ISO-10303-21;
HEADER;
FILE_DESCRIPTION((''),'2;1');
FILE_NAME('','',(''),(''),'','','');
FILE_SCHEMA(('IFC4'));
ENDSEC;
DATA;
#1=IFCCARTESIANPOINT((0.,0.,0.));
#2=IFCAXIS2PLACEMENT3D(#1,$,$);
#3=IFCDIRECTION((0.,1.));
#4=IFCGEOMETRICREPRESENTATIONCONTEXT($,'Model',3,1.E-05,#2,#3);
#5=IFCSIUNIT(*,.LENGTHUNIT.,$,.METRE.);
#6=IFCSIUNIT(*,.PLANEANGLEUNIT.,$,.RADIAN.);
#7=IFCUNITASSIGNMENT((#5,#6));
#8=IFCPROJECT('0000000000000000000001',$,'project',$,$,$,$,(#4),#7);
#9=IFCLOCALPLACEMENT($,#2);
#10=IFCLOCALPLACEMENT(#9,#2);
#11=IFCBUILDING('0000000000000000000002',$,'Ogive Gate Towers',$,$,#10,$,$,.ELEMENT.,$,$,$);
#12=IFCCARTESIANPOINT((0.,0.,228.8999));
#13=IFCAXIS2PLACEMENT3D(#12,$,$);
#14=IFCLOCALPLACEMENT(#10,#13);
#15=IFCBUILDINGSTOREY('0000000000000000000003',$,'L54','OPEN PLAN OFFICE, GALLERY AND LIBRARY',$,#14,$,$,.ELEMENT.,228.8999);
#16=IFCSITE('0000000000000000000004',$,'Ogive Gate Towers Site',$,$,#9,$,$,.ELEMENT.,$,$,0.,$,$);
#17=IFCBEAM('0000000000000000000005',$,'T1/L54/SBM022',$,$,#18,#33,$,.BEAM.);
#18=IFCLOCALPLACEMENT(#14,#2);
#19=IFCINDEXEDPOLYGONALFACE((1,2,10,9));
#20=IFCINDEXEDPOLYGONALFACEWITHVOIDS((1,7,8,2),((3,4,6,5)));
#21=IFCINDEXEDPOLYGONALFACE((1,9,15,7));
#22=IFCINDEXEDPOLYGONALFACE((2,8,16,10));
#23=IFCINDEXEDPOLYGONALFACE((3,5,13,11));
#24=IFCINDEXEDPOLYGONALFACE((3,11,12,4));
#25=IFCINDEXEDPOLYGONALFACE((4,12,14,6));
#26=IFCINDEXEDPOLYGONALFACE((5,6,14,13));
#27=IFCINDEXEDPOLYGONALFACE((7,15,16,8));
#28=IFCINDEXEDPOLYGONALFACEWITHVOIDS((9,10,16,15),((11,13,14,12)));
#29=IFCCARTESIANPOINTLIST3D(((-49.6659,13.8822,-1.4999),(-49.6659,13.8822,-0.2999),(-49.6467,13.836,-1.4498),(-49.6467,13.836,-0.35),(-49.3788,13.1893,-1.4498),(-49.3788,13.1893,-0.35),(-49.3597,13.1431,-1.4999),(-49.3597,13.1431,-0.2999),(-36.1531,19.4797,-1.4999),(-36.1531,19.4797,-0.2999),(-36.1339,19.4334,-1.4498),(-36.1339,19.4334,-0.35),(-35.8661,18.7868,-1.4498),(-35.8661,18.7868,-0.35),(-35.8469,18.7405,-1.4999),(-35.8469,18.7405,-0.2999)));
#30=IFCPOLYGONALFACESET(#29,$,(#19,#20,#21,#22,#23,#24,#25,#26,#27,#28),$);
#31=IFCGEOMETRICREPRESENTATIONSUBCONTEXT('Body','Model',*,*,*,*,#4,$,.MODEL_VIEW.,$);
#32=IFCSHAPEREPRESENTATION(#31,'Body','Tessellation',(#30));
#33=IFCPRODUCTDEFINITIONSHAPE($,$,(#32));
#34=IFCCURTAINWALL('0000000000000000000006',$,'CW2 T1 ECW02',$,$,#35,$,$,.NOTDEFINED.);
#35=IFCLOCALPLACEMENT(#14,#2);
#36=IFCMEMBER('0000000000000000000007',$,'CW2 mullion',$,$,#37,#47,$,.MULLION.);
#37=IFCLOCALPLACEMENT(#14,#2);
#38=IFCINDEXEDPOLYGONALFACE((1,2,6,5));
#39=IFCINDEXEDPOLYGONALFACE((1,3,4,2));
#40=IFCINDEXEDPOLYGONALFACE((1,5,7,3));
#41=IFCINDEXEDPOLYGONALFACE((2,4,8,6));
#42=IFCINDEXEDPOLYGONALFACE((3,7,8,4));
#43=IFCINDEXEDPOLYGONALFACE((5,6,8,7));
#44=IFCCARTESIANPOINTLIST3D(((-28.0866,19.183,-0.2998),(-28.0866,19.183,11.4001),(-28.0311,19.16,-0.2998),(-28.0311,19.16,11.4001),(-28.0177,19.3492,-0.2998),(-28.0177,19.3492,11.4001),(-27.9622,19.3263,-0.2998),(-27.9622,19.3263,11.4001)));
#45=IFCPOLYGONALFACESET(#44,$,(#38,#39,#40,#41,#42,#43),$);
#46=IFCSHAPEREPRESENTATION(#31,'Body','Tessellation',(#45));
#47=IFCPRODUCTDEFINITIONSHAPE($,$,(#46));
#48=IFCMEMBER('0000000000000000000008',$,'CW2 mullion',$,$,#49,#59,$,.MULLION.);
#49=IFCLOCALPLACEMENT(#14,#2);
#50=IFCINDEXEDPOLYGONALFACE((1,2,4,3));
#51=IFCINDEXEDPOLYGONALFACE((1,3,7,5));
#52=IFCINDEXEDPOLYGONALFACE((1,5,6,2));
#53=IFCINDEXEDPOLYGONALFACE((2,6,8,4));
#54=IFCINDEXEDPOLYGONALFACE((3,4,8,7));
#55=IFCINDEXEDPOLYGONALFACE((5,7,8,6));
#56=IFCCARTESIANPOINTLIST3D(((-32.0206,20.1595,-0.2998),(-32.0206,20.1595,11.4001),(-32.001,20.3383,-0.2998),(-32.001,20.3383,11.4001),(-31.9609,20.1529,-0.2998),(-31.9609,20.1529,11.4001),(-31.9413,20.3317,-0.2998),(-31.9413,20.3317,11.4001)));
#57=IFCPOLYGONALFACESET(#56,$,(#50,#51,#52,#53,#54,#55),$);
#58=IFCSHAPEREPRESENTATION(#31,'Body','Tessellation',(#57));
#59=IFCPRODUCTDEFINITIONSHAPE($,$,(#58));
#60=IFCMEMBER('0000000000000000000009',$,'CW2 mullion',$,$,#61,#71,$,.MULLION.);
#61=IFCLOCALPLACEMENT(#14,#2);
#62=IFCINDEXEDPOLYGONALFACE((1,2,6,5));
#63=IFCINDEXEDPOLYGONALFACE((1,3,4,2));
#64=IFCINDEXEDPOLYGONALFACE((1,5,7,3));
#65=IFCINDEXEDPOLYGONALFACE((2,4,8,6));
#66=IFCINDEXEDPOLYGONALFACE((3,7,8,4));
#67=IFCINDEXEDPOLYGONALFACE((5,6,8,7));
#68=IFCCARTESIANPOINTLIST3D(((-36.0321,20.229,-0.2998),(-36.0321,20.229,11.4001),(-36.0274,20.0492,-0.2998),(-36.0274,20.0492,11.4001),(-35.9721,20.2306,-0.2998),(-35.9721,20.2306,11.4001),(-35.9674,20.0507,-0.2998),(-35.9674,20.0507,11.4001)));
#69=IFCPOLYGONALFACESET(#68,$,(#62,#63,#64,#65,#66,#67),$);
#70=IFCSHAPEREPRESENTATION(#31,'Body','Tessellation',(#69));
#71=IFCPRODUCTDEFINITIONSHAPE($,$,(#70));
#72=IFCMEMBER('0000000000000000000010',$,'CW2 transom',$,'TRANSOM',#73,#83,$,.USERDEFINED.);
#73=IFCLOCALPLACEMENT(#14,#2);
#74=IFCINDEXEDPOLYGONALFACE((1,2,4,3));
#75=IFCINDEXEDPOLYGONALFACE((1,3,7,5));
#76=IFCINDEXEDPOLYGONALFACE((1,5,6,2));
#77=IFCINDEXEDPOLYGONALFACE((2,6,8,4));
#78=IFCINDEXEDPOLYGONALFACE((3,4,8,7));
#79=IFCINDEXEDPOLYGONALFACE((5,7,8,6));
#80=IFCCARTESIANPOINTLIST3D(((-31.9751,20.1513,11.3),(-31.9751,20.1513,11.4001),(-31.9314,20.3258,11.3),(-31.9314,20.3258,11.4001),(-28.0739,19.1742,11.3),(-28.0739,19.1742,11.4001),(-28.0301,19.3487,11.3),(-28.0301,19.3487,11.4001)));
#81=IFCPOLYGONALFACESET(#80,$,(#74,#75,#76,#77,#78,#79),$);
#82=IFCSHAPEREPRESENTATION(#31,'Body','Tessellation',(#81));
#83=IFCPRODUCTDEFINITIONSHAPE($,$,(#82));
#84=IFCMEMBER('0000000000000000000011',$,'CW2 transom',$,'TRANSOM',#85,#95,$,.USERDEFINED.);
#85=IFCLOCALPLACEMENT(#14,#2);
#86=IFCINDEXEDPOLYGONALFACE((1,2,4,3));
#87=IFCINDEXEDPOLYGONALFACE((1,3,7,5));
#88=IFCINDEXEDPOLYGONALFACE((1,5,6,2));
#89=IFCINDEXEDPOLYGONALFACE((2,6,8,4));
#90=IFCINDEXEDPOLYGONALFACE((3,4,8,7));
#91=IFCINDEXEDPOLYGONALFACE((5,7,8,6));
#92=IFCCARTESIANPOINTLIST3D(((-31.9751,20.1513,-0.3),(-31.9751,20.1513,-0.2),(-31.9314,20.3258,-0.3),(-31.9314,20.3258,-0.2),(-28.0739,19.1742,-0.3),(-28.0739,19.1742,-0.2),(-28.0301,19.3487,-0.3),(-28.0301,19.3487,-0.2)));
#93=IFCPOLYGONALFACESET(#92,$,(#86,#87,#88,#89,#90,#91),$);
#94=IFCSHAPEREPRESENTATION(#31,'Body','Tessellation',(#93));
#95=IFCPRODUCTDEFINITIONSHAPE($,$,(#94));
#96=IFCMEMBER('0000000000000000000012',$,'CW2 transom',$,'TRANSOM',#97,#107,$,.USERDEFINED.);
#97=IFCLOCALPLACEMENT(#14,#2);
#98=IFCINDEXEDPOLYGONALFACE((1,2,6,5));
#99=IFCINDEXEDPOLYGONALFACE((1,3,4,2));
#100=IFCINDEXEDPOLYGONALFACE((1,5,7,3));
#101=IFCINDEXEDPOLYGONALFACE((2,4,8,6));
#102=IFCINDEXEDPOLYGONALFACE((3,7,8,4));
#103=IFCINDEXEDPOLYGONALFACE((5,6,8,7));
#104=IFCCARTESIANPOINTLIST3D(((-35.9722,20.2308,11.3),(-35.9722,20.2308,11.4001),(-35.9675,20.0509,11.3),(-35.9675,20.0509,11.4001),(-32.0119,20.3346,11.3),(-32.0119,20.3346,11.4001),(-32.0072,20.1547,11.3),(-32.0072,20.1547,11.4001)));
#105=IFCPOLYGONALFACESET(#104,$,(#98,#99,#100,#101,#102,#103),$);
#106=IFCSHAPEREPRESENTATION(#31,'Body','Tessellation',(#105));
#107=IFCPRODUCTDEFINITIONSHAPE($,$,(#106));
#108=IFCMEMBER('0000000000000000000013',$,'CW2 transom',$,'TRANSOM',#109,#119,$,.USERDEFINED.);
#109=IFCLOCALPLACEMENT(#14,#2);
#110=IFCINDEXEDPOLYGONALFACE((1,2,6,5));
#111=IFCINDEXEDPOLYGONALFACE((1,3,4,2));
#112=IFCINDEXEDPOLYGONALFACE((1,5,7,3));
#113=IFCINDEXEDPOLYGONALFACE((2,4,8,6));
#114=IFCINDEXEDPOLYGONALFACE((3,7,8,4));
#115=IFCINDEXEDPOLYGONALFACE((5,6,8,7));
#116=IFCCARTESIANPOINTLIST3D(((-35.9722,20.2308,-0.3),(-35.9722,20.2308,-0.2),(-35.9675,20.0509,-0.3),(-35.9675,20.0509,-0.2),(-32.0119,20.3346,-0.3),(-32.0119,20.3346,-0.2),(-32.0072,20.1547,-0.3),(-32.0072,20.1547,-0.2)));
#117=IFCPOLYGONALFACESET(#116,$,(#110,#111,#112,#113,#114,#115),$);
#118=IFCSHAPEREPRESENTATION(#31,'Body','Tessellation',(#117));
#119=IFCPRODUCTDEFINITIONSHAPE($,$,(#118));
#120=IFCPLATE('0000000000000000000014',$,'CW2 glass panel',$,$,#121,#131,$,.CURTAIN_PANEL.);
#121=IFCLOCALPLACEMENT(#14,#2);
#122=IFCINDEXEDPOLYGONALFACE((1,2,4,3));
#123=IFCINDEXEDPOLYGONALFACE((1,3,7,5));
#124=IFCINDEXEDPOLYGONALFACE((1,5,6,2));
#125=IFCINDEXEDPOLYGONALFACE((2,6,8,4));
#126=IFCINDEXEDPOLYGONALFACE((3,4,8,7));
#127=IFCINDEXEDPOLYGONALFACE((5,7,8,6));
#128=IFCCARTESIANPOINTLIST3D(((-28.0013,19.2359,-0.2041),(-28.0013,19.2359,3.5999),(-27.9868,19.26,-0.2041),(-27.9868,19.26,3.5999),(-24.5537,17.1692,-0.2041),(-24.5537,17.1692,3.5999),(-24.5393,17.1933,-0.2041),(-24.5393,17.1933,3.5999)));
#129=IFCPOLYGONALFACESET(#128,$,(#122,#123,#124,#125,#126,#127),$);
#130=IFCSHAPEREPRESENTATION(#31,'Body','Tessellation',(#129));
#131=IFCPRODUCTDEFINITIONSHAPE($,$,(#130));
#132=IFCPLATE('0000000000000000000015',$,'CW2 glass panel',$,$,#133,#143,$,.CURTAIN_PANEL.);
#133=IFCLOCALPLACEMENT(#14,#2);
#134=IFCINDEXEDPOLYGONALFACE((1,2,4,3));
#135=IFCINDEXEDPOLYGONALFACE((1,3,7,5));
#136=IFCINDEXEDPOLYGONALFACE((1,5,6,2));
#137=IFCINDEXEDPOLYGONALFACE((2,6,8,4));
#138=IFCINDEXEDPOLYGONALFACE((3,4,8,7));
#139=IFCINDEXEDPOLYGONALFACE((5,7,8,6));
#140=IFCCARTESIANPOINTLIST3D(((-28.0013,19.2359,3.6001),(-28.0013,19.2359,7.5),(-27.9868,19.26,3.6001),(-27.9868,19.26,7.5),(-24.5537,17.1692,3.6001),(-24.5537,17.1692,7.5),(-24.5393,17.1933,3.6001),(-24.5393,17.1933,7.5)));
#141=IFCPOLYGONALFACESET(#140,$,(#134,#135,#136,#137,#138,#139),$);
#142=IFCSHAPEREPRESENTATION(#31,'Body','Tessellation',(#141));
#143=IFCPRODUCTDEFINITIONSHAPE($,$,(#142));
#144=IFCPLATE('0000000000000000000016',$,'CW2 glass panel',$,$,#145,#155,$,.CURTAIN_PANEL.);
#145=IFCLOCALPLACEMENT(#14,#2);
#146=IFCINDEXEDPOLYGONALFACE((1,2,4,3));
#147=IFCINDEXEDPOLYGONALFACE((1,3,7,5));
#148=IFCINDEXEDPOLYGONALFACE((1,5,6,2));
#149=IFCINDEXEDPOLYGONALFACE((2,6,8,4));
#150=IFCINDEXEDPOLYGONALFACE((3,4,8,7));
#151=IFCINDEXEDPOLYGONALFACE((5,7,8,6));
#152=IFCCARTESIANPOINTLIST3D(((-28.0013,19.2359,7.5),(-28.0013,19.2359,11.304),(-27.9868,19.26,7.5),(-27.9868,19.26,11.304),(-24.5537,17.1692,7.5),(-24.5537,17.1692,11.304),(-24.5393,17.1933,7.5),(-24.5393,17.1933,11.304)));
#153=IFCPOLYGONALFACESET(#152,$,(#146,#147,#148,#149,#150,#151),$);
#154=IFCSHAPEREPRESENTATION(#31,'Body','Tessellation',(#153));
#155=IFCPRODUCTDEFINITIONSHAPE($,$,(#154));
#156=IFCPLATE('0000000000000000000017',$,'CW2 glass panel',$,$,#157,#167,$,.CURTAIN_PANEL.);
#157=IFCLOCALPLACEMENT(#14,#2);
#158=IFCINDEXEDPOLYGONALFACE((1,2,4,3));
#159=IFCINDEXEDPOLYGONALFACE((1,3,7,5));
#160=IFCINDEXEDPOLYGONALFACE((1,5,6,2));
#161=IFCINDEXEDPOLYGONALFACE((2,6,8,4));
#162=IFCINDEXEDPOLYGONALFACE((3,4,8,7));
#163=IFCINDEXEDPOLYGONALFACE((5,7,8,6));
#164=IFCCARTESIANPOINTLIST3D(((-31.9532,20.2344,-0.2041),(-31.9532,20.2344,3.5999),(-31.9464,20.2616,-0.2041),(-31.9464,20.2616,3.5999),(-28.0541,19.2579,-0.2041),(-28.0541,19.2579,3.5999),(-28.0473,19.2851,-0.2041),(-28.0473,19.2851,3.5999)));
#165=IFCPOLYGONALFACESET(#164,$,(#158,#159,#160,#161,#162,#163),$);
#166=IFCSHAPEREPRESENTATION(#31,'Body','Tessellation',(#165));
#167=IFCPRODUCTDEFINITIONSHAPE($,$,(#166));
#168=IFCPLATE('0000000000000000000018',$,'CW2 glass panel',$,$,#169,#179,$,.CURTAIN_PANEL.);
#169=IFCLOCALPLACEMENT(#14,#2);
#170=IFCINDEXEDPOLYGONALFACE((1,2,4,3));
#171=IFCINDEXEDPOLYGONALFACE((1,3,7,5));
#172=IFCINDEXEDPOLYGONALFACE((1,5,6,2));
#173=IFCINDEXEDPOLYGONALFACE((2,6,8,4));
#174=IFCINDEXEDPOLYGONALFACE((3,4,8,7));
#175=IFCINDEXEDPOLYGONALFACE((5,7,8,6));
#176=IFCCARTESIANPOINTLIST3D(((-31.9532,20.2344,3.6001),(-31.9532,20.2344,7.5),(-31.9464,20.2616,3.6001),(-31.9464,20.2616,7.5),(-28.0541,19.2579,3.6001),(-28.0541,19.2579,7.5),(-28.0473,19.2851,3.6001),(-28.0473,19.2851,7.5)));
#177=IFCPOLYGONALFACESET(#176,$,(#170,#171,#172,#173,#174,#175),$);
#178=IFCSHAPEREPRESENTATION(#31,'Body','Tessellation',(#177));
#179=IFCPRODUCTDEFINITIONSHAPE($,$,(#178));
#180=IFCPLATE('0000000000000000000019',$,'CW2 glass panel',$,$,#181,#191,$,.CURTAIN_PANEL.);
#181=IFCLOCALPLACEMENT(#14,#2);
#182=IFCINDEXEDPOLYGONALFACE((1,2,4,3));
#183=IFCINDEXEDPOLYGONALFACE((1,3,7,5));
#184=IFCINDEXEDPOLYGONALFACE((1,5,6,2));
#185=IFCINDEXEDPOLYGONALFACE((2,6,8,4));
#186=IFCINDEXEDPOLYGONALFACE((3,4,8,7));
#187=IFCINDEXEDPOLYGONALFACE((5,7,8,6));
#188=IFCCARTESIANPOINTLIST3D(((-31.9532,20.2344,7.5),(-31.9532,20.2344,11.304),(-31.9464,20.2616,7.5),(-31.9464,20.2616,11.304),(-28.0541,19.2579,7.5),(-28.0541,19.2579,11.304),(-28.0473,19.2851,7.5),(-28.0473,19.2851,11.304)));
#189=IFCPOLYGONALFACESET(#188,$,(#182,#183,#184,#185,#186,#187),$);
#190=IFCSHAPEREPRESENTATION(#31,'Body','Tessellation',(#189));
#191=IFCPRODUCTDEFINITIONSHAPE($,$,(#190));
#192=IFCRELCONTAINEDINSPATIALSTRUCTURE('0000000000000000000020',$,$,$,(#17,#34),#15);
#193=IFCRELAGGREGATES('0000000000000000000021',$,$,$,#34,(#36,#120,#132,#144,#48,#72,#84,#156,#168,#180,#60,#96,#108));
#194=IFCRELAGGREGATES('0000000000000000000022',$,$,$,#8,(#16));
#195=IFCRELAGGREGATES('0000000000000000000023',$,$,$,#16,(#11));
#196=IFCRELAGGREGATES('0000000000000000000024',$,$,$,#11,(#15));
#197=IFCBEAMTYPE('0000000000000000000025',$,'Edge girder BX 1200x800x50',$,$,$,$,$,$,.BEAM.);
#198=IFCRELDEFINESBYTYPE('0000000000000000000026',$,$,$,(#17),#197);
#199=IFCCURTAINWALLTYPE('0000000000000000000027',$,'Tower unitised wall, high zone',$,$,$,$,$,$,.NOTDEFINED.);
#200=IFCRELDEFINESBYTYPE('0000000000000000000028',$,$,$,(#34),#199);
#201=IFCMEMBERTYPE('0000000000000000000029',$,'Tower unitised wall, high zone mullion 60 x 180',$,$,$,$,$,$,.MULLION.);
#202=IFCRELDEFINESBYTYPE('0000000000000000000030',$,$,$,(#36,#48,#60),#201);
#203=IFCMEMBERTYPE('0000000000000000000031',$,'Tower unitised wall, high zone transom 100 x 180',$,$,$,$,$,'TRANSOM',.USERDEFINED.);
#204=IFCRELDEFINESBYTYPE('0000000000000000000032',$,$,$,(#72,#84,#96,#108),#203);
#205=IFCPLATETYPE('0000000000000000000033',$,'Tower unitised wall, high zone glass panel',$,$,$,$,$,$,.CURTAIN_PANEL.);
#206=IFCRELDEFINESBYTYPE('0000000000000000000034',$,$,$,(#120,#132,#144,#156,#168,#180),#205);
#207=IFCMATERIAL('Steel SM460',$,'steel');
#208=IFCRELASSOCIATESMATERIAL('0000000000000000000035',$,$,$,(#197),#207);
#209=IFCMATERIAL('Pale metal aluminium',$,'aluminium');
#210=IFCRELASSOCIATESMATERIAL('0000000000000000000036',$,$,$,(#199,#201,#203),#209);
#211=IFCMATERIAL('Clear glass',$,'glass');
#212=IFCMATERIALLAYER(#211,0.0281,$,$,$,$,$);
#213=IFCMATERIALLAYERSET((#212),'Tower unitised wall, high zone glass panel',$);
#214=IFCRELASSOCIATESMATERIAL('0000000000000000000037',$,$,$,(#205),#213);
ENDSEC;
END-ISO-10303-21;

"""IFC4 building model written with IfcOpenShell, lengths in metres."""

from ifc_helpers import new_model, si_unit, direction, frame, origin, origin_2d, place, context, subcontext, project, spatial, rectangle, hollow_rectangle, extrude, material, layer, layer_set, material_profile, profile_set, type_object, element, aggregate, save


model = new_model("IFC4")

# Units and contexts
model_context = context("Model", 3, precision=1e-05, world=origin(), true_north=direction((0.0, 1.0)))
body_context = subcontext(model_context, "Body", "Model", "MODEL_VIEW")
ifc_project = project(units=[si_unit("LENGTHUNIT", "METRE"), si_unit("PLANEANGLEUNIT", "RADIAN")], contexts=[model_context])

# Site, building, storey
site_placement = place(None, origin())
site = spatial("IfcSite", under=ifc_project, at=site_placement, Name="Ogive Gate Towers Site", CompositionType="ELEMENT", RefElevation=0.0)
building_placement = place(site_placement, origin())
building = spatial("IfcBuilding", under=site, at=building_placement, Name="Ogive Gate Towers", CompositionType="ELEMENT")
storey_placement = place(building_placement, frame((0.0, 0.0, 228.8999)))
storey = spatial("IfcBuildingStorey", under=building, at=storey_placement, Name="L54", Description="OPEN PLAN OFFICE, GALLERY AND LIBRARY", CompositionType="ELEMENT", Elevation=228.8999)

# Beam
ifc_material_1 = material(Name="Steel SM460", Category="steel")
ifc_material_profile_1 = material_profile(ifc_material_1, hollow_rectangle(XDim=0.8, YDim=1.2, WallThickness=0.05, at=origin_2d()), Name="BX 1200x800x50")
ifc_profile_set_1 = profile_set([ifc_material_profile_1], Name="Steel SM460")
beam_type = type_object("IfcBeamType", Name="Edge girder BX 1200x800x50", PredefinedType="BEAM", material=ifc_profile_set_1)
beam_placement = place(storey_placement, frame((-36.0, 19.1101, -0.8999), z_axis=(-0.923873, -0.382699, 0.0), x_axis=(0.382699, -0.923873, 0.0)))
element("IfcBeam", 1, at=beam_placement, inside=storey, type_object=beam_type, Name="T1/L54/SBM022", PredefinedType="BEAM", context=body_context, shape_type="SweptSolid", body=[
    extrude(hollow_rectangle(XDim=0.8, YDim=1.2, WallThickness=0.05, at=origin_2d()), origin(), (0.0, 0.0, 1.0), 14.6262),
])

# Curtain wall, members, plates
ifc_material_2 = material(Name="Pale metal aluminium", Category="aluminium")
curtain_wall_type = type_object("IfcCurtainWallType", Name="Tower unitised wall, high zone", PredefinedType="NOTDEFINED", material=ifc_material_2)
curtain_wall_placement = place(storey_placement, origin())
curtain_wall = element("IfcCurtainWall", 2, at=curtain_wall_placement, inside=storey, type_object=curtain_wall_type, Name="CW2 T1 ECW02", PredefinedType="NOTDEFINED")
ifc_material_profile_2 = material_profile(ifc_material_2, rectangle(XDim=0.1799, YDim=0.0601, at=origin_2d()), Name="60 x 180 aluminium box")
ifc_profile_set_2 = profile_set([ifc_material_profile_2], Name="Pale metal aluminium")
member_type_1 = type_object("IfcMemberType", Name="Tower unitised wall, high zone mullion 60 x 180", PredefinedType="MULLION", material=ifc_profile_set_2)
member_1_placement = place(storey_placement, frame((-28.0244, 19.2546, -0.2998), z_axis=(0.0, 0.0, 1.0), x_axis=(0.3827, 0.923873, 0.0)))
member_1 = element("IfcMember", 3, at=member_1_placement, type_object=member_type_1, Name="CW2 mullion", PredefinedType="MULLION", context=body_context, shape_type="SweptSolid", body=[
    extrude(rectangle(XDim=0.1799, YDim=0.0601, at=origin_2d()), origin(), (0.0, 0.0, 1.0), 11.7),
])
member_2_placement = place(storey_placement, frame((-31.981, 20.2456, -0.2998), z_axis=(0.0, 0.0, 1.0), x_axis=(0.10937, 0.994001, 0.0)))
member_2 = element("IfcMember", 4, at=member_2_placement, type_object=member_type_1, Name="CW2 mullion", PredefinedType="MULLION", context=body_context, shape_type="SweptSolid", body=[
    extrude(rectangle(XDim=0.1799, YDim=0.0601, at=origin_2d()), origin(), (0.0, 0.0, 1.0), 11.7),
])
member_3_placement = place(storey_placement, frame((-35.9998, 20.1399, -0.2998), z_axis=(0.0, 0.0, 1.0), x_axis=(-0.026229, 0.999656, 0.0)))
member_3 = element("IfcMember", 5, at=member_3_placement, type_object=member_type_1, Name="CW2 mullion", PredefinedType="MULLION", context=body_context, shape_type="SweptSolid", body=[
    extrude(rectangle(XDim=0.1799, YDim=0.0601, at=origin_2d()), origin(), (0.0, 0.0, 1.0), 11.7),
])
ifc_material_profile_3 = material_profile(ifc_material_2, rectangle(XDim=0.1799, YDim=0.1001, at=origin_2d()), Name="100 x 180 aluminium box")
ifc_profile_set_3 = profile_set([ifc_material_profile_3], Name="Pale metal aluminium")
member_type_2 = type_object("IfcMemberType", Name="Tower unitised wall, high zone transom 100 x 180", ElementType="TRANSOM", PredefinedType="USERDEFINED", material=ifc_profile_set_3)
member_4_placement = place(storey_placement, frame((-28.052, 19.2615, 11.3501), z_axis=(-0.970039, 0.24295, 0.0), x_axis=(-0.24295, -0.970039, 0.0)))
member_4 = element("IfcMember", 6, at=member_4_placement, type_object=member_type_2, Name="CW2 transom", ObjectType="TRANSOM", PredefinedType="USERDEFINED", context=body_context, shape_type="SweptSolid", body=[
    extrude(rectangle(XDim=0.1799, YDim=0.1001, at=origin_2d()), origin(), (0.0, 0.0, 1.0), 4.0217),
])
member_5_placement = place(storey_placement, frame((-28.052, 19.2615, -0.25), z_axis=(-0.970039, 0.24295, 0.0), x_axis=(-0.24295, -0.970039, 0.0)))
member_5 = element("IfcMember", 7, at=member_5_placement, type_object=member_type_2, Name="CW2 transom", ObjectType="TRANSOM", PredefinedType="USERDEFINED", context=body_context, shape_type="SweptSolid", body=[
    extrude(rectangle(XDim=0.1799, YDim=0.1001, at=origin_2d()), origin(), (0.0, 0.0, 1.0), 4.0217),
])
member_6_placement = place(storey_placement, frame((-32.0095, 20.2446, 11.3501), z_axis=(-0.999657, -0.026192, 0.0), x_axis=(0.026192, -0.999657, 0.0)))
member_6 = element("IfcMember", 8, at=member_6_placement, type_object=member_type_2, Name="CW2 transom", ObjectType="TRANSOM", PredefinedType="USERDEFINED", context=body_context, shape_type="SweptSolid", body=[
    extrude(rectangle(XDim=0.1799, YDim=0.1001, at=origin_2d()), origin(), (0.0, 0.0, 1.0), 3.9617),
])
member_7_placement = place(storey_placement, frame((-32.0095, 20.2446, -0.25), z_axis=(-0.999657, -0.026192, 0.0), x_axis=(0.026192, -0.999657, 0.0)))
member_7 = element("IfcMember", 9, at=member_7_placement, type_object=member_type_2, Name="CW2 transom", ObjectType="TRANSOM", PredefinedType="USERDEFINED", context=body_context, shape_type="SweptSolid", body=[
    extrude(rectangle(XDim=0.1799, YDim=0.1001, at=origin_2d()), origin(), (0.0, 0.0, 1.0), 3.9617),
])
ifc_material_3 = material(Name="Clear glass", Category="glass")
ifc_layer_1 = layer(ifc_material_3, 0.0281)
ifc_layer_set_1 = layer_set([ifc_layer_1], Name="Tower unitised wall, high zone glass panel")
plate_type = type_object("IfcPlateType", Name="Tower unitised wall, high zone glass panel", PredefinedType="CURTAIN_PANEL", material=ifc_layer_set_1)
plate_1_placement = place(storey_placement, frame((-26.2703, 18.2146, -0.2041), z_axis=(0.0, 0.0, 1.0), x_axis=(-0.857697, 0.514155, 0.0)))
plate_1 = element("IfcPlate", 10, at=plate_1_placement, type_object=plate_type, Name="CW2 glass panel", PredefinedType="CURTAIN_PANEL", context=body_context, shape_type="SweptSolid", body=[
    extrude(rectangle(XDim=4.0195, YDim=0.0281, at=origin_2d()), origin(), (0.0, 0.0, 1.0), 3.804),
])
plate_2_placement = place(storey_placement, frame((-26.2703, 18.2146, 3.6001), z_axis=(0.0, 0.0, 1.0), x_axis=(-0.857697, 0.514155, 0.0)))
plate_2 = element("IfcPlate", 11, at=plate_2_placement, type_object=plate_type, Name="CW2 glass panel", PredefinedType="CURTAIN_PANEL", context=body_context, shape_type="SweptSolid", body=[
    extrude(rectangle(XDim=4.0195, YDim=0.0281, at=origin_2d()), origin(), (0.0, 0.0, 1.0), 3.8999),
])
plate_3_placement = place(storey_placement, frame((-26.2703, 18.2146, 7.5), z_axis=(0.0, 0.0, 1.0), x_axis=(-0.857697, 0.514155, 0.0)))
plate_3 = element("IfcPlate", 12, at=plate_3_placement, type_object=plate_type, Name="CW2 glass panel", PredefinedType="CURTAIN_PANEL", context=body_context, shape_type="SweptSolid", body=[
    extrude(rectangle(XDim=4.0195, YDim=0.0281, at=origin_2d()), origin(), (0.0, 0.0, 1.0), 3.804),
])
plate_4_placement = place(storey_placement, frame((-30.0002, 19.7598, -0.2041), z_axis=(0.0, 0.0, 1.0), x_axis=(-0.970042, 0.242938, 0.0)))
plate_4 = element("IfcPlate", 13, at=plate_4_placement, type_object=plate_type, Name="CW2 glass panel", PredefinedType="CURTAIN_PANEL", context=body_context, shape_type="SweptSolid", body=[
    extrude(rectangle(XDim=4.0195, YDim=0.0281, at=origin_2d()), origin(), (0.0, 0.0, 1.0), 3.804),
])
plate_5_placement = place(storey_placement, frame((-30.0002, 19.7598, 3.6001), z_axis=(0.0, 0.0, 1.0), x_axis=(-0.970042, 0.242938, 0.0)))
plate_5 = element("IfcPlate", 14, at=plate_5_placement, type_object=plate_type, Name="CW2 glass panel", PredefinedType="CURTAIN_PANEL", context=body_context, shape_type="SweptSolid", body=[
    extrude(rectangle(XDim=4.0195, YDim=0.0281, at=origin_2d()), origin(), (0.0, 0.0, 1.0), 3.8999),
])
plate_6_placement = place(storey_placement, frame((-30.0002, 19.7598, 7.5), z_axis=(0.0, 0.0, 1.0), x_axis=(-0.970042, 0.242938, 0.0)))
plate_6 = element("IfcPlate", 15, at=plate_6_placement, type_object=plate_type, Name="CW2 glass panel", PredefinedType="CURTAIN_PANEL", context=body_context, shape_type="SweptSolid", body=[
    extrude(rectangle(XDim=4.0195, YDim=0.0281, at=origin_2d()), origin(), (0.0, 0.0, 1.0), 3.804),
])
aggregate(curtain_wall, [member_1, plate_1, plate_2, plate_3, member_2, member_4, member_5, plate_4, plate_5, plate_6, member_3, member_6, member_7])

save(model, "model.ifc")
